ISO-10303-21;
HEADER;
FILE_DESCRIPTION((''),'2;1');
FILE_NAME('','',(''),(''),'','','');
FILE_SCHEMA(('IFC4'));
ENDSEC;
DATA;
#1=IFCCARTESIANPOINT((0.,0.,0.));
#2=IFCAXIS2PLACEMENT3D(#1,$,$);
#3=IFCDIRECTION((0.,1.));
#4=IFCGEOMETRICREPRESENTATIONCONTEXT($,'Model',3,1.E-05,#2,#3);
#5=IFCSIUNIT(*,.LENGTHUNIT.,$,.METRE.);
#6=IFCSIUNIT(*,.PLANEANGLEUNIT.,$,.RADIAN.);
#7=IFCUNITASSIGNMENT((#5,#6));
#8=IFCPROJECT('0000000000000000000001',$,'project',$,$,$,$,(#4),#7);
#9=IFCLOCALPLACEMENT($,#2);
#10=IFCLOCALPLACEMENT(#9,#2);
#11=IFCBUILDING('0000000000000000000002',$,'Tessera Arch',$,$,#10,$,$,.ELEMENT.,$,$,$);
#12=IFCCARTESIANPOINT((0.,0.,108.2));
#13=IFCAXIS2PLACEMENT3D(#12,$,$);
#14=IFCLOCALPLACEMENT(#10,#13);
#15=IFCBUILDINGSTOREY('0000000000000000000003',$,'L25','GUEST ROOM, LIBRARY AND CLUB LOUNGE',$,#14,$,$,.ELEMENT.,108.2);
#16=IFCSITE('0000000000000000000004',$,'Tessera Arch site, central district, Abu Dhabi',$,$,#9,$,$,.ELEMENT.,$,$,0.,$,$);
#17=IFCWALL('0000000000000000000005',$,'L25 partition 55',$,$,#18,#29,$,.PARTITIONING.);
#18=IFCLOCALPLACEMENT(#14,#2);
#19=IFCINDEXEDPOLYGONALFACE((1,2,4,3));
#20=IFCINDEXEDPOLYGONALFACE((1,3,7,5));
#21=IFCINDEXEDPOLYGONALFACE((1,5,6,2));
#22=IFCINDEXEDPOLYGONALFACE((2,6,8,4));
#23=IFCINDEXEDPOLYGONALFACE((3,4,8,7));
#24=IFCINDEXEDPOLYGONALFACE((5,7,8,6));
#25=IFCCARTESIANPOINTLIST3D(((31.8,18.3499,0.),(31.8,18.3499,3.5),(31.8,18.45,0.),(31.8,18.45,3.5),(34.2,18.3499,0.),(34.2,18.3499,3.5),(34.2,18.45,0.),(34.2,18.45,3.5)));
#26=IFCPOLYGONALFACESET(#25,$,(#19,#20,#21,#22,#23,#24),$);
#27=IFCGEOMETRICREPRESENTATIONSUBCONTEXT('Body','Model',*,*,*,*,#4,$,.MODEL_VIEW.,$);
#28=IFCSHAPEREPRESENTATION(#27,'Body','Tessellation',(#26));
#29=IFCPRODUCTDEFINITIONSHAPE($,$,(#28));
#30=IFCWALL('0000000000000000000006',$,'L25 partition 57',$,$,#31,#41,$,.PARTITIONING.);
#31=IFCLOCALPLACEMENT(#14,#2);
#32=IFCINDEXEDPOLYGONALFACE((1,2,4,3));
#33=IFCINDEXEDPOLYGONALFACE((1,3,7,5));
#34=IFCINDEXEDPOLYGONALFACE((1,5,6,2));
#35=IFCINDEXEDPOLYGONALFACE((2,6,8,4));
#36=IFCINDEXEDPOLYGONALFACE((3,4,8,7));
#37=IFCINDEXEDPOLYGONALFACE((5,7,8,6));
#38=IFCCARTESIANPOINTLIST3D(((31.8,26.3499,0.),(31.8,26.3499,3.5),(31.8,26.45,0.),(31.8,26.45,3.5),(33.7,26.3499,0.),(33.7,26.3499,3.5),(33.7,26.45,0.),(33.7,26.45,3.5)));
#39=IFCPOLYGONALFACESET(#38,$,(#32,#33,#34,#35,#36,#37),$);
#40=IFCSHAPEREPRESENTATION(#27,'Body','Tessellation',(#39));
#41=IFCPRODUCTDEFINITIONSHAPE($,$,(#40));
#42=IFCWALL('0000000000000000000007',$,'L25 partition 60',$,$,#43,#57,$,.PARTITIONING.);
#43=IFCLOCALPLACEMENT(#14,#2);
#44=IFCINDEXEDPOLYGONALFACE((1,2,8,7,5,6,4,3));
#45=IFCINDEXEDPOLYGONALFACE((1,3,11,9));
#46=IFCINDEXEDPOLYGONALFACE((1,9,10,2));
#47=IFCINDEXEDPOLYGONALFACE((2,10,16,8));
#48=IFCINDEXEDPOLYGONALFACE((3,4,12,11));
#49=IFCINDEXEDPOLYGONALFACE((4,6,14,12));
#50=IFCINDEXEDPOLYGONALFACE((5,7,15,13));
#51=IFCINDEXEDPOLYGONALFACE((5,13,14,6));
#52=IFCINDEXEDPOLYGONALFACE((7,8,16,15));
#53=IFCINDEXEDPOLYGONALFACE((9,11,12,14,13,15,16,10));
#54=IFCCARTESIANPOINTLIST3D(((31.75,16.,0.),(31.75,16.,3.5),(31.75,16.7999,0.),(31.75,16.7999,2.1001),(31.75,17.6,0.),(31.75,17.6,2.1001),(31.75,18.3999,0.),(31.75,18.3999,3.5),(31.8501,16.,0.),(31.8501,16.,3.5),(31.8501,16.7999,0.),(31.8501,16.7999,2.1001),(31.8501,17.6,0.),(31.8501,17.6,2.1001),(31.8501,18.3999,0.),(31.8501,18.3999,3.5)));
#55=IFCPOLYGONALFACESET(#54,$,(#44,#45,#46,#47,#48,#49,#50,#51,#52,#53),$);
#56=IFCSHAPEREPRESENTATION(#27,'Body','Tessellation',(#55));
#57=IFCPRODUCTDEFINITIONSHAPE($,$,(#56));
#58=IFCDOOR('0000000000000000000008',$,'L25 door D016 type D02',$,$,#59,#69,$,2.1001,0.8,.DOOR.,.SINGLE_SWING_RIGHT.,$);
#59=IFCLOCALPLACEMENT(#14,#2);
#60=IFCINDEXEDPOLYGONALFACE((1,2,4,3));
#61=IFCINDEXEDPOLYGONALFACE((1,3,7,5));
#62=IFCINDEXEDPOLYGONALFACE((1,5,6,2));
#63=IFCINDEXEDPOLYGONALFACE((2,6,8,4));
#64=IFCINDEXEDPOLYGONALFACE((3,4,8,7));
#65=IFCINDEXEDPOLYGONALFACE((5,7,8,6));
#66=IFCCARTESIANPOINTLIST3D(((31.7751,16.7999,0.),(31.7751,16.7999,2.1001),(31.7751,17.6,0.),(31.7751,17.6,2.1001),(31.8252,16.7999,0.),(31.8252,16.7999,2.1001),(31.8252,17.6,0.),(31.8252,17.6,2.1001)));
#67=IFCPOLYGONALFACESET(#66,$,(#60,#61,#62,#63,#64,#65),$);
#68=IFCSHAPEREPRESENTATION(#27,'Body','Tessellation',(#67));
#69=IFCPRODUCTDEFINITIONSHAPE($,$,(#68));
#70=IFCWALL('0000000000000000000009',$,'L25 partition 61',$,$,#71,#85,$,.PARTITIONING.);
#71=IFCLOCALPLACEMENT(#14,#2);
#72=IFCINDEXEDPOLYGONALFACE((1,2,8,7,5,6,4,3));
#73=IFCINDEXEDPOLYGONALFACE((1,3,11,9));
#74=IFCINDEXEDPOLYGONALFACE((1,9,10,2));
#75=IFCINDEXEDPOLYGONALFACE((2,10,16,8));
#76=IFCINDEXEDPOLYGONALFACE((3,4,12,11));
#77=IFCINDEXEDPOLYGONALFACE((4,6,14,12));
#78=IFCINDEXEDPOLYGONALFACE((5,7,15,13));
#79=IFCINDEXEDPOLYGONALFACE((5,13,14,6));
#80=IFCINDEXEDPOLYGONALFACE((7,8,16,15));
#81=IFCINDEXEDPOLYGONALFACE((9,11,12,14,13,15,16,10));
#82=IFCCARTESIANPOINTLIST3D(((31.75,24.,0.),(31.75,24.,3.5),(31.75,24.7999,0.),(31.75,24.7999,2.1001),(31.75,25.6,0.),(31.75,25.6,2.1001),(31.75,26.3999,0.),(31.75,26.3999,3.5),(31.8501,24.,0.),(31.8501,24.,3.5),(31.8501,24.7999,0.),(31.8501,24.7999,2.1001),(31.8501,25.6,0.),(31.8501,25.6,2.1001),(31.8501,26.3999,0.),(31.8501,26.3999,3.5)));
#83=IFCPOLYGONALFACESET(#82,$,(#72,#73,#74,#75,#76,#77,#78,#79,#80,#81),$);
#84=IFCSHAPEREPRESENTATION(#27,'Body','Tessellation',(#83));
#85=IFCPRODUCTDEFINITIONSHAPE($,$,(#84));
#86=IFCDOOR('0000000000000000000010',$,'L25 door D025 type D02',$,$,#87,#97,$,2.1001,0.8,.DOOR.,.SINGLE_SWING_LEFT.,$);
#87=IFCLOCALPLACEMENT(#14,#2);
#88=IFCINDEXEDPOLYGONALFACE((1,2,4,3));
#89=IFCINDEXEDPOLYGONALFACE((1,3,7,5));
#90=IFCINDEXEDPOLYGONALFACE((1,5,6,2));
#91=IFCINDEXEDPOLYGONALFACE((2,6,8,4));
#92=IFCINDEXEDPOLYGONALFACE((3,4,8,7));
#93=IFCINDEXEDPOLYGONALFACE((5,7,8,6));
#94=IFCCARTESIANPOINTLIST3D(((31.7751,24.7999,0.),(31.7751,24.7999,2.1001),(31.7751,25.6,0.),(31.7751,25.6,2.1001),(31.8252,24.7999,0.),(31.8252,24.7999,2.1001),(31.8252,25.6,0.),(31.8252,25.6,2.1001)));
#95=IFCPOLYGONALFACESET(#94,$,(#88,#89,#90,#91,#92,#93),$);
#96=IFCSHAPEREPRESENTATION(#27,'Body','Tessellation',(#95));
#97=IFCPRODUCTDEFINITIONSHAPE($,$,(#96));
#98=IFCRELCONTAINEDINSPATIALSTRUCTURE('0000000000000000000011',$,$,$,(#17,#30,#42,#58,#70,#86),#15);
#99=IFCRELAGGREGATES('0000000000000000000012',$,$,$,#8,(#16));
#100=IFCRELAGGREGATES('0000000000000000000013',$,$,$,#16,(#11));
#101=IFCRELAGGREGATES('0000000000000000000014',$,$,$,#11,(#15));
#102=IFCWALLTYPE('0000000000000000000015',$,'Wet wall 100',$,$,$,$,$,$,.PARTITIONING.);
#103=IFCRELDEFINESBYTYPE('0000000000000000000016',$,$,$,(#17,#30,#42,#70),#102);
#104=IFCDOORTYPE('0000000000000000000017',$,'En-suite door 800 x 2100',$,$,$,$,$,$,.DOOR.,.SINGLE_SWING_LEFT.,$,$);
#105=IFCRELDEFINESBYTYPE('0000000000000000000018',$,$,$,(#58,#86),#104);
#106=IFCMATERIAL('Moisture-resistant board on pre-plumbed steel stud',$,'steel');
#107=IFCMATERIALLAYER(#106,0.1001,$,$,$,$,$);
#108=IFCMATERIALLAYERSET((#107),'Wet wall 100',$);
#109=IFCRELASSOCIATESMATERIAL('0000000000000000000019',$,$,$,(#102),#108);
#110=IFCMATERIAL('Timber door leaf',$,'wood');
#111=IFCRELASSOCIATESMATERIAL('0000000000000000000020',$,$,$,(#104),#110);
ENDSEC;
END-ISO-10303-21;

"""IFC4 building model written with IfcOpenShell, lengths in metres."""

from ifc_helpers import new_model, si_unit, direction, frame, frame_2d, origin, place, context, subcontext, project, spatial, rectangle, extrude, material, layer, layer_set, type_object, element, fill, save


model = new_model("IFC4")

# Units and contexts
model_context = context("Model", 3, precision=1e-05, world=origin(), true_north=direction((0.0, 1.0)))
body_context = subcontext(model_context, "Body", "Model", "MODEL_VIEW")
ifc_project = project(units=[si_unit("LENGTHUNIT", "METRE"), si_unit("PLANEANGLEUNIT", "RADIAN")], contexts=[model_context])

# Site, building, storey
site_placement = place(None, origin())
site = spatial("IfcSite", under=ifc_project, at=site_placement, Name="Tessera Arch site, central district, Abu Dhabi", CompositionType="ELEMENT", RefElevation=0.0)
building_placement = place(site_placement, origin())
building = spatial("IfcBuilding", under=site, at=building_placement, Name="Tessera Arch", CompositionType="ELEMENT")
storey_placement = place(building_placement, frame((0.0, 0.0, 108.2)))
storey = spatial("IfcBuildingStorey", under=building, at=storey_placement, Name="L25", Description="GUEST ROOM, LIBRARY AND CLUB LOUNGE", CompositionType="ELEMENT", Elevation=108.2)

# Walls
ifc_material_1 = material(Name="Moisture-resistant board on pre-plumbed steel stud", Category="steel")
ifc_layer_1 = layer(ifc_material_1, 0.1001)
ifc_layer_set_1 = layer_set([ifc_layer_1], Name="Wet wall 100")
wall_type_1 = type_object("IfcWallType", Name="Wet wall 100", PredefinedType="PARTITIONING", material=ifc_layer_set_1)
wall_1_placement = place(storey_placement, frame((31.8, 18.3999, 0.0), z_axis=(0.0, 0.0, 1.0), x_axis=(1.0, 0.0, 0.0)))
element("IfcWall", 1, at=wall_1_placement, inside=storey, type_object=wall_type_1, Name="L25 partition 55", PredefinedType="PARTITIONING", context=body_context, shape_type="SweptSolid", body=[
    extrude(rectangle(XDim=2.3999, YDim=0.1001, at=frame_2d((1.2, 0.0))), origin(), (0.0, 0.0, 1.0), 3.5),
])
wall_2_placement = place(storey_placement, frame((31.8, 26.3999, 0.0), z_axis=(0.0, 0.0, 1.0), x_axis=(1.0, 0.0, 0.0)))
element("IfcWall", 2, at=wall_2_placement, inside=storey, type_object=wall_type_1, Name="L25 partition 57", PredefinedType="PARTITIONING", context=body_context, shape_type="SweptSolid", body=[
    extrude(rectangle(XDim=1.8999, YDim=0.1001, at=frame_2d((0.95, 0.0))), origin(), (0.0, 0.0, 1.0), 3.5),
])

# Walls, openings, doors
wall_3_placement = place(storey_placement, frame((31.8, 16.0, 0.0), z_axis=(0.0, 0.0, 1.0), x_axis=(0.0, 1.0, 0.0)))
wall_3 = element("IfcWall", 3, at=wall_3_placement, inside=storey, type_object=wall_type_1, Name="L25 partition 60", PredefinedType="PARTITIONING", context=body_context, shape_type="SweptSolid", body=[
    extrude(rectangle(XDim=2.3999, YDim=0.1001, at=frame_2d((1.2, 0.0))), origin(), (0.0, 0.0, 1.0), 3.5),
])
opening_1_placement = place(wall_3_placement, frame((0.8, 0.0, 0.0)))
opening_1 = element("IfcOpeningElement", 4, at=opening_1_placement, cuts=wall_3, PredefinedType="OPENING", context=body_context, shape_type="SweptSolid", body=[
    extrude(rectangle(XDim=0.8, YDim=2.1001, at=frame_2d((0.3999, 1.05))), frame((0.0, 0.0601, 0.0), z_axis=(0.0, -1.0, 0.0), x_axis=(1.0, 0.0, 0.0)), (0.0, 0.0, 1.0), 0.1201),
])
ifc_material_2 = material(Name="Timber door leaf", Category="wood")
door_type_1 = type_object("IfcDoorType", Name="En-suite door 800 x 2100", OperationType="SINGLE_SWING_LEFT", PredefinedType="DOOR", material=ifc_material_2)
door_1_placement = place(opening_1_placement, origin())
door_1 = element("IfcDoor", 5, at=door_1_placement, inside=storey, type_object=door_type_1, Name="L25 door D016 type D02", OperationType="SINGLE_SWING_RIGHT", OverallHeight=2.1001, OverallWidth=0.8, PredefinedType="DOOR", context=body_context, shape_type="SweptSolid", body=[
    extrude(rectangle(XDim=0.8, YDim=2.1001, at=frame_2d((0.3999, 1.05))), frame((0.0, 0.0249, 0.0), z_axis=(0.0, -1.0, 0.0), x_axis=(1.0, 0.0, 0.0)), (0.0, 0.0, 1.0), 0.05),
])
fill(opening_1, door_1)
wall_4_placement = place(storey_placement, frame((31.8, 24.0, 0.0), z_axis=(0.0, 0.0, 1.0), x_axis=(0.0, 1.0, 0.0)))
wall_4 = element("IfcWall", 6, at=wall_4_placement, inside=storey, type_object=wall_type_1, Name="L25 partition 61", PredefinedType="PARTITIONING", context=body_context, shape_type="SweptSolid", body=[
    extrude(rectangle(XDim=2.3999, YDim=0.1001, at=frame_2d((1.2, 0.0))), origin(), (0.0, 0.0, 1.0), 3.5),
])
opening_2_placement = place(wall_4_placement, frame((0.8, 0.0, 0.0)))
opening_2 = element("IfcOpeningElement", 7, at=opening_2_placement, cuts=wall_4, PredefinedType="OPENING", context=body_context, shape_type="SweptSolid", body=[
    extrude(rectangle(XDim=0.8, YDim=2.1001, at=frame_2d((0.3999, 1.05))), frame((0.0, 0.0601, 0.0), z_axis=(0.0, -1.0, 0.0), x_axis=(1.0, 0.0, 0.0)), (0.0, 0.0, 1.0), 0.1201),
])
door_2_placement = place(opening_2_placement, origin())
door_2 = element("IfcDoor", 8, at=door_2_placement, inside=storey, type_object=door_type_1, Name="L25 door D025 type D02", OperationType="SINGLE_SWING_LEFT", OverallHeight=2.1001, OverallWidth=0.8, PredefinedType="DOOR", context=body_context, shape_type="SweptSolid", body=[
    extrude(rectangle(XDim=0.8, YDim=2.1001, at=frame_2d((0.3999, 1.05))), frame((0.0, 0.0249, 0.0), z_axis=(0.0, -1.0, 0.0), x_axis=(1.0, 0.0, 0.0)), (0.0, 0.0, 1.0), 0.05),
])
fill(opening_2, door_2)

save(model, "model.ifc")
